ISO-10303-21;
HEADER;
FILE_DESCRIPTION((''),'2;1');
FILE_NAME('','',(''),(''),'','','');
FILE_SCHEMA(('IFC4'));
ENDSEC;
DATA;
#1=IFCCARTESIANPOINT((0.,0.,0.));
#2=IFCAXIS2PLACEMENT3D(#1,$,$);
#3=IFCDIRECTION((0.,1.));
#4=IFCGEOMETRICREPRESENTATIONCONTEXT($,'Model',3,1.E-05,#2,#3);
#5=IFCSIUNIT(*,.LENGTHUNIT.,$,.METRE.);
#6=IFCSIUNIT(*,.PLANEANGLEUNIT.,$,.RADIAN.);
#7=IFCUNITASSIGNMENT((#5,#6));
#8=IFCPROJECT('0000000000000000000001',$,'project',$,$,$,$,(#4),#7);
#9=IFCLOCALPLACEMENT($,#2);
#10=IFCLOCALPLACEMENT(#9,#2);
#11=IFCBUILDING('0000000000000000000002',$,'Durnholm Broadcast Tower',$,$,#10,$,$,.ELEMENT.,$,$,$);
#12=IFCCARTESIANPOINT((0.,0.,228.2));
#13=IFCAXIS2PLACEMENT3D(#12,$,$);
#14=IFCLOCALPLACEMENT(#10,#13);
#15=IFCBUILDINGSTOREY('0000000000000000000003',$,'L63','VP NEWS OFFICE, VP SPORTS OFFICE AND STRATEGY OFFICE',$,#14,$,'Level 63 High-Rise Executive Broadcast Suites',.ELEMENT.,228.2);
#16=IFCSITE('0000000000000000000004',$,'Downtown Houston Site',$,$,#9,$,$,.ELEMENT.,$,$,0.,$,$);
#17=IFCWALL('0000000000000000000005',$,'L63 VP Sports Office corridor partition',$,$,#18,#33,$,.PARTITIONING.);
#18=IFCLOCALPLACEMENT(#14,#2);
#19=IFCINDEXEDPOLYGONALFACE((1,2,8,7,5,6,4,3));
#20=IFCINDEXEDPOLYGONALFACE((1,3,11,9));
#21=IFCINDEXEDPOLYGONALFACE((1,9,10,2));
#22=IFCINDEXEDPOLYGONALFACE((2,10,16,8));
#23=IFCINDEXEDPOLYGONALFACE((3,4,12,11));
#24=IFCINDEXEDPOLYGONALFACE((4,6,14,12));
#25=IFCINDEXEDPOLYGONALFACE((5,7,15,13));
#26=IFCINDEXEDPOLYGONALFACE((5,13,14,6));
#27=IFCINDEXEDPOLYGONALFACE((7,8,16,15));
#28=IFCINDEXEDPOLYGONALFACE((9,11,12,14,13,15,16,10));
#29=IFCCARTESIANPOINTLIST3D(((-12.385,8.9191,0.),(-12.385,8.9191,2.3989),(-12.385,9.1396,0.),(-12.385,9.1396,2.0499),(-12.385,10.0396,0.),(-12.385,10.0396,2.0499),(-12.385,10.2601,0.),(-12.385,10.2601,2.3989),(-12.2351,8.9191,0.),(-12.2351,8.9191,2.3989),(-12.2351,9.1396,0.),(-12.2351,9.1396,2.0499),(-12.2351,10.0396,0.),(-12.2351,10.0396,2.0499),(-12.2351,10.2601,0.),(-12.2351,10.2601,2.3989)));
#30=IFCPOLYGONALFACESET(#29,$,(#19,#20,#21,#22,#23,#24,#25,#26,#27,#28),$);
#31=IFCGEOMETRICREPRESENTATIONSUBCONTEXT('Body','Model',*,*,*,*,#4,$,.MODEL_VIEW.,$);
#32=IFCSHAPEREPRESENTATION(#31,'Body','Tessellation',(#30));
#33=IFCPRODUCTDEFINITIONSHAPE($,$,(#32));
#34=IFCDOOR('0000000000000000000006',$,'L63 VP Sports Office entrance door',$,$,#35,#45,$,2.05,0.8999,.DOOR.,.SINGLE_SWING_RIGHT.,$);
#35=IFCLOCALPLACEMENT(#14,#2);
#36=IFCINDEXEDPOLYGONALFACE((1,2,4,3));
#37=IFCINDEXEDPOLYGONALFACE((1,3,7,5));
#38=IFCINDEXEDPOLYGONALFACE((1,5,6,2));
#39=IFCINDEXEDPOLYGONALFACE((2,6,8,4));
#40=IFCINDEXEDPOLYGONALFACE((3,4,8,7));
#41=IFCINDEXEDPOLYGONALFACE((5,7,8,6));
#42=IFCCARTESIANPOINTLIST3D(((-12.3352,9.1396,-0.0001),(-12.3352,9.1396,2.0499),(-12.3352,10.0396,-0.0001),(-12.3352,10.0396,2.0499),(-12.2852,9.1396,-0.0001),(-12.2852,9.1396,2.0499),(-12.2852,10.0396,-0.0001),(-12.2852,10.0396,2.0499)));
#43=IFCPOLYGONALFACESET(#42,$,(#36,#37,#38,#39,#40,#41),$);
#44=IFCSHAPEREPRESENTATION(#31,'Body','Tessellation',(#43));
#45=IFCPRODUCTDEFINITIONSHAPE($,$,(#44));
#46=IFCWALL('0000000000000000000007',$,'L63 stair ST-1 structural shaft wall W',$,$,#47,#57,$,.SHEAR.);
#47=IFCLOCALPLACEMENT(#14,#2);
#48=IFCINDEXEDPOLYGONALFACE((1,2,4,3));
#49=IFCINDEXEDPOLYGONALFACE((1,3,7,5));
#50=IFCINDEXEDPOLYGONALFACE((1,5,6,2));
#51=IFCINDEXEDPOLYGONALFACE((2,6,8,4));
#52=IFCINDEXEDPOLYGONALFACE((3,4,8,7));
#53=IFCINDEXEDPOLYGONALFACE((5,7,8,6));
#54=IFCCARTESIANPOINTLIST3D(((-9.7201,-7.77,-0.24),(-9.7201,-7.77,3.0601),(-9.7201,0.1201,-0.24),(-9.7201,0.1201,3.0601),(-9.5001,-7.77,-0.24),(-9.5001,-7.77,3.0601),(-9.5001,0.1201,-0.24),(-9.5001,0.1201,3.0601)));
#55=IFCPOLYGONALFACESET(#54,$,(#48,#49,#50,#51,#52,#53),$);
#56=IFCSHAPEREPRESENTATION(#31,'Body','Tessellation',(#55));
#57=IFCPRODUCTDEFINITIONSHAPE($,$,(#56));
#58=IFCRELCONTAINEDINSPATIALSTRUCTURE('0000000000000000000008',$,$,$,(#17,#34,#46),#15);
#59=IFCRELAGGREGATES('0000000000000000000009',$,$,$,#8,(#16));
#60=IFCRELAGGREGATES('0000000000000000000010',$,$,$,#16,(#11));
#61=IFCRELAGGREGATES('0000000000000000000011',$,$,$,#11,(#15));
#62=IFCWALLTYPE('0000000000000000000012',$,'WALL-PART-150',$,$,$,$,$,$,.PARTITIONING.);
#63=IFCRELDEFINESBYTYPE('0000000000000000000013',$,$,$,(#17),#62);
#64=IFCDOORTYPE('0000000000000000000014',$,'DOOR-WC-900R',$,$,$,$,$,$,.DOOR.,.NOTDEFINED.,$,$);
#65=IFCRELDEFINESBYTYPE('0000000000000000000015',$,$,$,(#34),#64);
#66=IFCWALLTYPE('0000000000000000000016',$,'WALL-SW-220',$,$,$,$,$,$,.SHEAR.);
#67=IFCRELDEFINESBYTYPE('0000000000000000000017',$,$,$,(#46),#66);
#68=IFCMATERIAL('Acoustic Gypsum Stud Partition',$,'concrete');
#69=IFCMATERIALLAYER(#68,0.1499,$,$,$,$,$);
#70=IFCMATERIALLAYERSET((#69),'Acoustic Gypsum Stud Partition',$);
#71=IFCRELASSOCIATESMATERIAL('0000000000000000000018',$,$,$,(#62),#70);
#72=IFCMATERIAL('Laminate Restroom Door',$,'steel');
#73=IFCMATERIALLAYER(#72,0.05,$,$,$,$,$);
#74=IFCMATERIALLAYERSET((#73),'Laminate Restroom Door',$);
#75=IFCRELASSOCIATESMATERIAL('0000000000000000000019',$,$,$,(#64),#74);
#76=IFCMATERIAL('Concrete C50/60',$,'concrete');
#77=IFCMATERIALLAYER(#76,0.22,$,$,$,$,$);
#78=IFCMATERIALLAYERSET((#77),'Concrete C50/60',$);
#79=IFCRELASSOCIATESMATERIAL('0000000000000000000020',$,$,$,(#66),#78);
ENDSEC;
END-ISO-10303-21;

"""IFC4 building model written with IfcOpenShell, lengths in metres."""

from ifc_helpers import new_model, si_unit, direction, frame, frame_2d, origin, place, context, subcontext, project, spatial, rectangle, extrude, source, transform, mapped, material, layer, layer_set, type_object, type_shapes, element, fill, save


model = new_model("IFC4")

# Units and contexts
model_context = context("Model", 3, precision=1e-05, world=origin(), true_north=direction((0.0, 1.0)))
body_context = subcontext(model_context, "Body", "Model", "MODEL_VIEW")
ifc_project = project(units=[si_unit("LENGTHUNIT", "METRE"), si_unit("PLANEANGLEUNIT", "RADIAN")], contexts=[model_context])

# Site, building, storey
site_placement = place(None, origin())
site = spatial("IfcSite", under=ifc_project, at=site_placement, Name="Downtown Houston Site", CompositionType="ELEMENT", RefElevation=0.0)
building_placement = place(site_placement, origin())
building = spatial("IfcBuilding", under=site, at=building_placement, Name="Durnholm Broadcast Tower", CompositionType="ELEMENT")
storey_placement = place(building_placement, frame((0.0, 0.0, 228.2)))
storey = spatial("IfcBuildingStorey", under=building, at=storey_placement, Name="L63", Description="VP NEWS OFFICE, VP SPORTS OFFICE AND STRATEGY OFFICE", LongName="Level 63 High-Rise Executive Broadcast Suites", CompositionType="ELEMENT", Elevation=228.2)

# Shared definitions
ifc_material_1 = material(Name="Acoustic Gypsum Stud Partition", Category="concrete")
ifc_layer_1 = layer(ifc_material_1, 0.1499)
ifc_layer_set_1 = layer_set([ifc_layer_1], Name="Acoustic Gypsum Stud Partition")
wall_type_1 = type_object("IfcWallType", Name="WALL-PART-150", PredefinedType="PARTITIONING", material=ifc_layer_set_1)

# Wall, opening, door
wall_1_placement = place(storey_placement, frame((-12.3101, 10.26, 0.0), z_axis=(0.0, 0.0, 1.0), x_axis=(0.0, -1.0, 0.0)))
wall_1 = element("IfcWall", 1, at=wall_1_placement, inside=storey, type_object=wall_type_1, Name="L63 VP Sports Office corridor partition", PredefinedType="PARTITIONING", context=body_context, shape_type="SweptSolid", body=[
    extrude(rectangle(XDim=1.3411, YDim=0.1499, at=frame_2d((0.6704, 0.0))), origin(), (0.0, 0.0, 1.0), 2.3989),
])
opening_1_placement = place(wall_1_placement, frame((0.2205, 0.0, 0.0)))
opening_1 = element("IfcOpeningElement", 2, at=opening_1_placement, cuts=wall_1, PredefinedType="OPENING", context=body_context, shape_type="SweptSolid", body=[
    extrude(rectangle(XDim=0.8999, YDim=2.05, at=frame_2d((0.45, 1.0249))), frame((0.0, 0.085, 0.0), z_axis=(0.0, -1.0, 0.0), x_axis=(1.0, 0.0, 0.0)), (0.0, 0.0, 1.0), 0.1699),
])
ifc_material_2 = material(Name="Laminate Restroom Door", Category="steel")
ifc_layer_2 = layer(ifc_material_2, 0.05)
ifc_layer_set_2 = layer_set([ifc_layer_2], Name="Laminate Restroom Door")
door_type_1 = type_object("IfcDoorType", Name="DOOR-WC-900R", OperationType="NOTDEFINED", PredefinedType="DOOR", material=ifc_layer_set_2)
shared_shape_1 = source(origin(), body_context, "Body", "SweptSolid", [
    extrude(rectangle(XDim=0.8999, YDim=2.05, at=frame_2d((0.45, 1.0249))), frame((0.0, 0.0249, 0.0), z_axis=(0.0, -1.0, 0.0), x_axis=(1.0, 0.0, 0.0)), (0.0, 0.0, 1.0), 0.05),
])
type_shapes(door_type_1, [shared_shape_1])
door_1_placement = place(opening_1_placement, origin())
door_1 = element("IfcDoor", 3, at=door_1_placement, inside=storey, type_object=door_type_1, Name="L63 VP Sports Office entrance door", OperationType="SINGLE_SWING_RIGHT", OverallHeight=2.05, OverallWidth=0.8999, PredefinedType="DOOR", context=body_context, shape_type="MappedRepresentation", body=[
    mapped(shared_shape_1, transform((0.0, 0.0, 0.0), x_axis=(1.0, 0.0, 0.0), y_axis=(0.0, 1.0, 0.0), z_axis=(0.0, 0.0, 1.0), scale=1.0)),
])
fill(opening_1, door_1)

# Wall
ifc_material_3 = material(Name="Concrete C50/60", Category="concrete")
ifc_layer_3 = layer(ifc_material_3, 0.22)
ifc_layer_set_3 = layer_set([ifc_layer_3], Name="Concrete C50/60")
wall_type_2 = type_object("IfcWallType", Name="WALL-SW-220", PredefinedType="SHEAR", material=ifc_layer_set_3)
wall_2_placement = place(storey_placement, frame((-9.6101, 0.1201, -0.24), z_axis=(0.0, 0.0, 1.0), x_axis=(0.0, -1.0, 0.0)))
element("IfcWall", 4, at=wall_2_placement, inside=storey, type_object=wall_type_2, Name="L63 stair ST-1 structural shaft wall W", PredefinedType="SHEAR", context=body_context, shape_type="SweptSolid", body=[
    extrude(rectangle(XDim=7.8901, YDim=0.22, at=frame_2d((3.9451, 0.0))), origin(), (0.0, 0.0, 1.0), 3.3),
])

save(model, "model.ifc")
